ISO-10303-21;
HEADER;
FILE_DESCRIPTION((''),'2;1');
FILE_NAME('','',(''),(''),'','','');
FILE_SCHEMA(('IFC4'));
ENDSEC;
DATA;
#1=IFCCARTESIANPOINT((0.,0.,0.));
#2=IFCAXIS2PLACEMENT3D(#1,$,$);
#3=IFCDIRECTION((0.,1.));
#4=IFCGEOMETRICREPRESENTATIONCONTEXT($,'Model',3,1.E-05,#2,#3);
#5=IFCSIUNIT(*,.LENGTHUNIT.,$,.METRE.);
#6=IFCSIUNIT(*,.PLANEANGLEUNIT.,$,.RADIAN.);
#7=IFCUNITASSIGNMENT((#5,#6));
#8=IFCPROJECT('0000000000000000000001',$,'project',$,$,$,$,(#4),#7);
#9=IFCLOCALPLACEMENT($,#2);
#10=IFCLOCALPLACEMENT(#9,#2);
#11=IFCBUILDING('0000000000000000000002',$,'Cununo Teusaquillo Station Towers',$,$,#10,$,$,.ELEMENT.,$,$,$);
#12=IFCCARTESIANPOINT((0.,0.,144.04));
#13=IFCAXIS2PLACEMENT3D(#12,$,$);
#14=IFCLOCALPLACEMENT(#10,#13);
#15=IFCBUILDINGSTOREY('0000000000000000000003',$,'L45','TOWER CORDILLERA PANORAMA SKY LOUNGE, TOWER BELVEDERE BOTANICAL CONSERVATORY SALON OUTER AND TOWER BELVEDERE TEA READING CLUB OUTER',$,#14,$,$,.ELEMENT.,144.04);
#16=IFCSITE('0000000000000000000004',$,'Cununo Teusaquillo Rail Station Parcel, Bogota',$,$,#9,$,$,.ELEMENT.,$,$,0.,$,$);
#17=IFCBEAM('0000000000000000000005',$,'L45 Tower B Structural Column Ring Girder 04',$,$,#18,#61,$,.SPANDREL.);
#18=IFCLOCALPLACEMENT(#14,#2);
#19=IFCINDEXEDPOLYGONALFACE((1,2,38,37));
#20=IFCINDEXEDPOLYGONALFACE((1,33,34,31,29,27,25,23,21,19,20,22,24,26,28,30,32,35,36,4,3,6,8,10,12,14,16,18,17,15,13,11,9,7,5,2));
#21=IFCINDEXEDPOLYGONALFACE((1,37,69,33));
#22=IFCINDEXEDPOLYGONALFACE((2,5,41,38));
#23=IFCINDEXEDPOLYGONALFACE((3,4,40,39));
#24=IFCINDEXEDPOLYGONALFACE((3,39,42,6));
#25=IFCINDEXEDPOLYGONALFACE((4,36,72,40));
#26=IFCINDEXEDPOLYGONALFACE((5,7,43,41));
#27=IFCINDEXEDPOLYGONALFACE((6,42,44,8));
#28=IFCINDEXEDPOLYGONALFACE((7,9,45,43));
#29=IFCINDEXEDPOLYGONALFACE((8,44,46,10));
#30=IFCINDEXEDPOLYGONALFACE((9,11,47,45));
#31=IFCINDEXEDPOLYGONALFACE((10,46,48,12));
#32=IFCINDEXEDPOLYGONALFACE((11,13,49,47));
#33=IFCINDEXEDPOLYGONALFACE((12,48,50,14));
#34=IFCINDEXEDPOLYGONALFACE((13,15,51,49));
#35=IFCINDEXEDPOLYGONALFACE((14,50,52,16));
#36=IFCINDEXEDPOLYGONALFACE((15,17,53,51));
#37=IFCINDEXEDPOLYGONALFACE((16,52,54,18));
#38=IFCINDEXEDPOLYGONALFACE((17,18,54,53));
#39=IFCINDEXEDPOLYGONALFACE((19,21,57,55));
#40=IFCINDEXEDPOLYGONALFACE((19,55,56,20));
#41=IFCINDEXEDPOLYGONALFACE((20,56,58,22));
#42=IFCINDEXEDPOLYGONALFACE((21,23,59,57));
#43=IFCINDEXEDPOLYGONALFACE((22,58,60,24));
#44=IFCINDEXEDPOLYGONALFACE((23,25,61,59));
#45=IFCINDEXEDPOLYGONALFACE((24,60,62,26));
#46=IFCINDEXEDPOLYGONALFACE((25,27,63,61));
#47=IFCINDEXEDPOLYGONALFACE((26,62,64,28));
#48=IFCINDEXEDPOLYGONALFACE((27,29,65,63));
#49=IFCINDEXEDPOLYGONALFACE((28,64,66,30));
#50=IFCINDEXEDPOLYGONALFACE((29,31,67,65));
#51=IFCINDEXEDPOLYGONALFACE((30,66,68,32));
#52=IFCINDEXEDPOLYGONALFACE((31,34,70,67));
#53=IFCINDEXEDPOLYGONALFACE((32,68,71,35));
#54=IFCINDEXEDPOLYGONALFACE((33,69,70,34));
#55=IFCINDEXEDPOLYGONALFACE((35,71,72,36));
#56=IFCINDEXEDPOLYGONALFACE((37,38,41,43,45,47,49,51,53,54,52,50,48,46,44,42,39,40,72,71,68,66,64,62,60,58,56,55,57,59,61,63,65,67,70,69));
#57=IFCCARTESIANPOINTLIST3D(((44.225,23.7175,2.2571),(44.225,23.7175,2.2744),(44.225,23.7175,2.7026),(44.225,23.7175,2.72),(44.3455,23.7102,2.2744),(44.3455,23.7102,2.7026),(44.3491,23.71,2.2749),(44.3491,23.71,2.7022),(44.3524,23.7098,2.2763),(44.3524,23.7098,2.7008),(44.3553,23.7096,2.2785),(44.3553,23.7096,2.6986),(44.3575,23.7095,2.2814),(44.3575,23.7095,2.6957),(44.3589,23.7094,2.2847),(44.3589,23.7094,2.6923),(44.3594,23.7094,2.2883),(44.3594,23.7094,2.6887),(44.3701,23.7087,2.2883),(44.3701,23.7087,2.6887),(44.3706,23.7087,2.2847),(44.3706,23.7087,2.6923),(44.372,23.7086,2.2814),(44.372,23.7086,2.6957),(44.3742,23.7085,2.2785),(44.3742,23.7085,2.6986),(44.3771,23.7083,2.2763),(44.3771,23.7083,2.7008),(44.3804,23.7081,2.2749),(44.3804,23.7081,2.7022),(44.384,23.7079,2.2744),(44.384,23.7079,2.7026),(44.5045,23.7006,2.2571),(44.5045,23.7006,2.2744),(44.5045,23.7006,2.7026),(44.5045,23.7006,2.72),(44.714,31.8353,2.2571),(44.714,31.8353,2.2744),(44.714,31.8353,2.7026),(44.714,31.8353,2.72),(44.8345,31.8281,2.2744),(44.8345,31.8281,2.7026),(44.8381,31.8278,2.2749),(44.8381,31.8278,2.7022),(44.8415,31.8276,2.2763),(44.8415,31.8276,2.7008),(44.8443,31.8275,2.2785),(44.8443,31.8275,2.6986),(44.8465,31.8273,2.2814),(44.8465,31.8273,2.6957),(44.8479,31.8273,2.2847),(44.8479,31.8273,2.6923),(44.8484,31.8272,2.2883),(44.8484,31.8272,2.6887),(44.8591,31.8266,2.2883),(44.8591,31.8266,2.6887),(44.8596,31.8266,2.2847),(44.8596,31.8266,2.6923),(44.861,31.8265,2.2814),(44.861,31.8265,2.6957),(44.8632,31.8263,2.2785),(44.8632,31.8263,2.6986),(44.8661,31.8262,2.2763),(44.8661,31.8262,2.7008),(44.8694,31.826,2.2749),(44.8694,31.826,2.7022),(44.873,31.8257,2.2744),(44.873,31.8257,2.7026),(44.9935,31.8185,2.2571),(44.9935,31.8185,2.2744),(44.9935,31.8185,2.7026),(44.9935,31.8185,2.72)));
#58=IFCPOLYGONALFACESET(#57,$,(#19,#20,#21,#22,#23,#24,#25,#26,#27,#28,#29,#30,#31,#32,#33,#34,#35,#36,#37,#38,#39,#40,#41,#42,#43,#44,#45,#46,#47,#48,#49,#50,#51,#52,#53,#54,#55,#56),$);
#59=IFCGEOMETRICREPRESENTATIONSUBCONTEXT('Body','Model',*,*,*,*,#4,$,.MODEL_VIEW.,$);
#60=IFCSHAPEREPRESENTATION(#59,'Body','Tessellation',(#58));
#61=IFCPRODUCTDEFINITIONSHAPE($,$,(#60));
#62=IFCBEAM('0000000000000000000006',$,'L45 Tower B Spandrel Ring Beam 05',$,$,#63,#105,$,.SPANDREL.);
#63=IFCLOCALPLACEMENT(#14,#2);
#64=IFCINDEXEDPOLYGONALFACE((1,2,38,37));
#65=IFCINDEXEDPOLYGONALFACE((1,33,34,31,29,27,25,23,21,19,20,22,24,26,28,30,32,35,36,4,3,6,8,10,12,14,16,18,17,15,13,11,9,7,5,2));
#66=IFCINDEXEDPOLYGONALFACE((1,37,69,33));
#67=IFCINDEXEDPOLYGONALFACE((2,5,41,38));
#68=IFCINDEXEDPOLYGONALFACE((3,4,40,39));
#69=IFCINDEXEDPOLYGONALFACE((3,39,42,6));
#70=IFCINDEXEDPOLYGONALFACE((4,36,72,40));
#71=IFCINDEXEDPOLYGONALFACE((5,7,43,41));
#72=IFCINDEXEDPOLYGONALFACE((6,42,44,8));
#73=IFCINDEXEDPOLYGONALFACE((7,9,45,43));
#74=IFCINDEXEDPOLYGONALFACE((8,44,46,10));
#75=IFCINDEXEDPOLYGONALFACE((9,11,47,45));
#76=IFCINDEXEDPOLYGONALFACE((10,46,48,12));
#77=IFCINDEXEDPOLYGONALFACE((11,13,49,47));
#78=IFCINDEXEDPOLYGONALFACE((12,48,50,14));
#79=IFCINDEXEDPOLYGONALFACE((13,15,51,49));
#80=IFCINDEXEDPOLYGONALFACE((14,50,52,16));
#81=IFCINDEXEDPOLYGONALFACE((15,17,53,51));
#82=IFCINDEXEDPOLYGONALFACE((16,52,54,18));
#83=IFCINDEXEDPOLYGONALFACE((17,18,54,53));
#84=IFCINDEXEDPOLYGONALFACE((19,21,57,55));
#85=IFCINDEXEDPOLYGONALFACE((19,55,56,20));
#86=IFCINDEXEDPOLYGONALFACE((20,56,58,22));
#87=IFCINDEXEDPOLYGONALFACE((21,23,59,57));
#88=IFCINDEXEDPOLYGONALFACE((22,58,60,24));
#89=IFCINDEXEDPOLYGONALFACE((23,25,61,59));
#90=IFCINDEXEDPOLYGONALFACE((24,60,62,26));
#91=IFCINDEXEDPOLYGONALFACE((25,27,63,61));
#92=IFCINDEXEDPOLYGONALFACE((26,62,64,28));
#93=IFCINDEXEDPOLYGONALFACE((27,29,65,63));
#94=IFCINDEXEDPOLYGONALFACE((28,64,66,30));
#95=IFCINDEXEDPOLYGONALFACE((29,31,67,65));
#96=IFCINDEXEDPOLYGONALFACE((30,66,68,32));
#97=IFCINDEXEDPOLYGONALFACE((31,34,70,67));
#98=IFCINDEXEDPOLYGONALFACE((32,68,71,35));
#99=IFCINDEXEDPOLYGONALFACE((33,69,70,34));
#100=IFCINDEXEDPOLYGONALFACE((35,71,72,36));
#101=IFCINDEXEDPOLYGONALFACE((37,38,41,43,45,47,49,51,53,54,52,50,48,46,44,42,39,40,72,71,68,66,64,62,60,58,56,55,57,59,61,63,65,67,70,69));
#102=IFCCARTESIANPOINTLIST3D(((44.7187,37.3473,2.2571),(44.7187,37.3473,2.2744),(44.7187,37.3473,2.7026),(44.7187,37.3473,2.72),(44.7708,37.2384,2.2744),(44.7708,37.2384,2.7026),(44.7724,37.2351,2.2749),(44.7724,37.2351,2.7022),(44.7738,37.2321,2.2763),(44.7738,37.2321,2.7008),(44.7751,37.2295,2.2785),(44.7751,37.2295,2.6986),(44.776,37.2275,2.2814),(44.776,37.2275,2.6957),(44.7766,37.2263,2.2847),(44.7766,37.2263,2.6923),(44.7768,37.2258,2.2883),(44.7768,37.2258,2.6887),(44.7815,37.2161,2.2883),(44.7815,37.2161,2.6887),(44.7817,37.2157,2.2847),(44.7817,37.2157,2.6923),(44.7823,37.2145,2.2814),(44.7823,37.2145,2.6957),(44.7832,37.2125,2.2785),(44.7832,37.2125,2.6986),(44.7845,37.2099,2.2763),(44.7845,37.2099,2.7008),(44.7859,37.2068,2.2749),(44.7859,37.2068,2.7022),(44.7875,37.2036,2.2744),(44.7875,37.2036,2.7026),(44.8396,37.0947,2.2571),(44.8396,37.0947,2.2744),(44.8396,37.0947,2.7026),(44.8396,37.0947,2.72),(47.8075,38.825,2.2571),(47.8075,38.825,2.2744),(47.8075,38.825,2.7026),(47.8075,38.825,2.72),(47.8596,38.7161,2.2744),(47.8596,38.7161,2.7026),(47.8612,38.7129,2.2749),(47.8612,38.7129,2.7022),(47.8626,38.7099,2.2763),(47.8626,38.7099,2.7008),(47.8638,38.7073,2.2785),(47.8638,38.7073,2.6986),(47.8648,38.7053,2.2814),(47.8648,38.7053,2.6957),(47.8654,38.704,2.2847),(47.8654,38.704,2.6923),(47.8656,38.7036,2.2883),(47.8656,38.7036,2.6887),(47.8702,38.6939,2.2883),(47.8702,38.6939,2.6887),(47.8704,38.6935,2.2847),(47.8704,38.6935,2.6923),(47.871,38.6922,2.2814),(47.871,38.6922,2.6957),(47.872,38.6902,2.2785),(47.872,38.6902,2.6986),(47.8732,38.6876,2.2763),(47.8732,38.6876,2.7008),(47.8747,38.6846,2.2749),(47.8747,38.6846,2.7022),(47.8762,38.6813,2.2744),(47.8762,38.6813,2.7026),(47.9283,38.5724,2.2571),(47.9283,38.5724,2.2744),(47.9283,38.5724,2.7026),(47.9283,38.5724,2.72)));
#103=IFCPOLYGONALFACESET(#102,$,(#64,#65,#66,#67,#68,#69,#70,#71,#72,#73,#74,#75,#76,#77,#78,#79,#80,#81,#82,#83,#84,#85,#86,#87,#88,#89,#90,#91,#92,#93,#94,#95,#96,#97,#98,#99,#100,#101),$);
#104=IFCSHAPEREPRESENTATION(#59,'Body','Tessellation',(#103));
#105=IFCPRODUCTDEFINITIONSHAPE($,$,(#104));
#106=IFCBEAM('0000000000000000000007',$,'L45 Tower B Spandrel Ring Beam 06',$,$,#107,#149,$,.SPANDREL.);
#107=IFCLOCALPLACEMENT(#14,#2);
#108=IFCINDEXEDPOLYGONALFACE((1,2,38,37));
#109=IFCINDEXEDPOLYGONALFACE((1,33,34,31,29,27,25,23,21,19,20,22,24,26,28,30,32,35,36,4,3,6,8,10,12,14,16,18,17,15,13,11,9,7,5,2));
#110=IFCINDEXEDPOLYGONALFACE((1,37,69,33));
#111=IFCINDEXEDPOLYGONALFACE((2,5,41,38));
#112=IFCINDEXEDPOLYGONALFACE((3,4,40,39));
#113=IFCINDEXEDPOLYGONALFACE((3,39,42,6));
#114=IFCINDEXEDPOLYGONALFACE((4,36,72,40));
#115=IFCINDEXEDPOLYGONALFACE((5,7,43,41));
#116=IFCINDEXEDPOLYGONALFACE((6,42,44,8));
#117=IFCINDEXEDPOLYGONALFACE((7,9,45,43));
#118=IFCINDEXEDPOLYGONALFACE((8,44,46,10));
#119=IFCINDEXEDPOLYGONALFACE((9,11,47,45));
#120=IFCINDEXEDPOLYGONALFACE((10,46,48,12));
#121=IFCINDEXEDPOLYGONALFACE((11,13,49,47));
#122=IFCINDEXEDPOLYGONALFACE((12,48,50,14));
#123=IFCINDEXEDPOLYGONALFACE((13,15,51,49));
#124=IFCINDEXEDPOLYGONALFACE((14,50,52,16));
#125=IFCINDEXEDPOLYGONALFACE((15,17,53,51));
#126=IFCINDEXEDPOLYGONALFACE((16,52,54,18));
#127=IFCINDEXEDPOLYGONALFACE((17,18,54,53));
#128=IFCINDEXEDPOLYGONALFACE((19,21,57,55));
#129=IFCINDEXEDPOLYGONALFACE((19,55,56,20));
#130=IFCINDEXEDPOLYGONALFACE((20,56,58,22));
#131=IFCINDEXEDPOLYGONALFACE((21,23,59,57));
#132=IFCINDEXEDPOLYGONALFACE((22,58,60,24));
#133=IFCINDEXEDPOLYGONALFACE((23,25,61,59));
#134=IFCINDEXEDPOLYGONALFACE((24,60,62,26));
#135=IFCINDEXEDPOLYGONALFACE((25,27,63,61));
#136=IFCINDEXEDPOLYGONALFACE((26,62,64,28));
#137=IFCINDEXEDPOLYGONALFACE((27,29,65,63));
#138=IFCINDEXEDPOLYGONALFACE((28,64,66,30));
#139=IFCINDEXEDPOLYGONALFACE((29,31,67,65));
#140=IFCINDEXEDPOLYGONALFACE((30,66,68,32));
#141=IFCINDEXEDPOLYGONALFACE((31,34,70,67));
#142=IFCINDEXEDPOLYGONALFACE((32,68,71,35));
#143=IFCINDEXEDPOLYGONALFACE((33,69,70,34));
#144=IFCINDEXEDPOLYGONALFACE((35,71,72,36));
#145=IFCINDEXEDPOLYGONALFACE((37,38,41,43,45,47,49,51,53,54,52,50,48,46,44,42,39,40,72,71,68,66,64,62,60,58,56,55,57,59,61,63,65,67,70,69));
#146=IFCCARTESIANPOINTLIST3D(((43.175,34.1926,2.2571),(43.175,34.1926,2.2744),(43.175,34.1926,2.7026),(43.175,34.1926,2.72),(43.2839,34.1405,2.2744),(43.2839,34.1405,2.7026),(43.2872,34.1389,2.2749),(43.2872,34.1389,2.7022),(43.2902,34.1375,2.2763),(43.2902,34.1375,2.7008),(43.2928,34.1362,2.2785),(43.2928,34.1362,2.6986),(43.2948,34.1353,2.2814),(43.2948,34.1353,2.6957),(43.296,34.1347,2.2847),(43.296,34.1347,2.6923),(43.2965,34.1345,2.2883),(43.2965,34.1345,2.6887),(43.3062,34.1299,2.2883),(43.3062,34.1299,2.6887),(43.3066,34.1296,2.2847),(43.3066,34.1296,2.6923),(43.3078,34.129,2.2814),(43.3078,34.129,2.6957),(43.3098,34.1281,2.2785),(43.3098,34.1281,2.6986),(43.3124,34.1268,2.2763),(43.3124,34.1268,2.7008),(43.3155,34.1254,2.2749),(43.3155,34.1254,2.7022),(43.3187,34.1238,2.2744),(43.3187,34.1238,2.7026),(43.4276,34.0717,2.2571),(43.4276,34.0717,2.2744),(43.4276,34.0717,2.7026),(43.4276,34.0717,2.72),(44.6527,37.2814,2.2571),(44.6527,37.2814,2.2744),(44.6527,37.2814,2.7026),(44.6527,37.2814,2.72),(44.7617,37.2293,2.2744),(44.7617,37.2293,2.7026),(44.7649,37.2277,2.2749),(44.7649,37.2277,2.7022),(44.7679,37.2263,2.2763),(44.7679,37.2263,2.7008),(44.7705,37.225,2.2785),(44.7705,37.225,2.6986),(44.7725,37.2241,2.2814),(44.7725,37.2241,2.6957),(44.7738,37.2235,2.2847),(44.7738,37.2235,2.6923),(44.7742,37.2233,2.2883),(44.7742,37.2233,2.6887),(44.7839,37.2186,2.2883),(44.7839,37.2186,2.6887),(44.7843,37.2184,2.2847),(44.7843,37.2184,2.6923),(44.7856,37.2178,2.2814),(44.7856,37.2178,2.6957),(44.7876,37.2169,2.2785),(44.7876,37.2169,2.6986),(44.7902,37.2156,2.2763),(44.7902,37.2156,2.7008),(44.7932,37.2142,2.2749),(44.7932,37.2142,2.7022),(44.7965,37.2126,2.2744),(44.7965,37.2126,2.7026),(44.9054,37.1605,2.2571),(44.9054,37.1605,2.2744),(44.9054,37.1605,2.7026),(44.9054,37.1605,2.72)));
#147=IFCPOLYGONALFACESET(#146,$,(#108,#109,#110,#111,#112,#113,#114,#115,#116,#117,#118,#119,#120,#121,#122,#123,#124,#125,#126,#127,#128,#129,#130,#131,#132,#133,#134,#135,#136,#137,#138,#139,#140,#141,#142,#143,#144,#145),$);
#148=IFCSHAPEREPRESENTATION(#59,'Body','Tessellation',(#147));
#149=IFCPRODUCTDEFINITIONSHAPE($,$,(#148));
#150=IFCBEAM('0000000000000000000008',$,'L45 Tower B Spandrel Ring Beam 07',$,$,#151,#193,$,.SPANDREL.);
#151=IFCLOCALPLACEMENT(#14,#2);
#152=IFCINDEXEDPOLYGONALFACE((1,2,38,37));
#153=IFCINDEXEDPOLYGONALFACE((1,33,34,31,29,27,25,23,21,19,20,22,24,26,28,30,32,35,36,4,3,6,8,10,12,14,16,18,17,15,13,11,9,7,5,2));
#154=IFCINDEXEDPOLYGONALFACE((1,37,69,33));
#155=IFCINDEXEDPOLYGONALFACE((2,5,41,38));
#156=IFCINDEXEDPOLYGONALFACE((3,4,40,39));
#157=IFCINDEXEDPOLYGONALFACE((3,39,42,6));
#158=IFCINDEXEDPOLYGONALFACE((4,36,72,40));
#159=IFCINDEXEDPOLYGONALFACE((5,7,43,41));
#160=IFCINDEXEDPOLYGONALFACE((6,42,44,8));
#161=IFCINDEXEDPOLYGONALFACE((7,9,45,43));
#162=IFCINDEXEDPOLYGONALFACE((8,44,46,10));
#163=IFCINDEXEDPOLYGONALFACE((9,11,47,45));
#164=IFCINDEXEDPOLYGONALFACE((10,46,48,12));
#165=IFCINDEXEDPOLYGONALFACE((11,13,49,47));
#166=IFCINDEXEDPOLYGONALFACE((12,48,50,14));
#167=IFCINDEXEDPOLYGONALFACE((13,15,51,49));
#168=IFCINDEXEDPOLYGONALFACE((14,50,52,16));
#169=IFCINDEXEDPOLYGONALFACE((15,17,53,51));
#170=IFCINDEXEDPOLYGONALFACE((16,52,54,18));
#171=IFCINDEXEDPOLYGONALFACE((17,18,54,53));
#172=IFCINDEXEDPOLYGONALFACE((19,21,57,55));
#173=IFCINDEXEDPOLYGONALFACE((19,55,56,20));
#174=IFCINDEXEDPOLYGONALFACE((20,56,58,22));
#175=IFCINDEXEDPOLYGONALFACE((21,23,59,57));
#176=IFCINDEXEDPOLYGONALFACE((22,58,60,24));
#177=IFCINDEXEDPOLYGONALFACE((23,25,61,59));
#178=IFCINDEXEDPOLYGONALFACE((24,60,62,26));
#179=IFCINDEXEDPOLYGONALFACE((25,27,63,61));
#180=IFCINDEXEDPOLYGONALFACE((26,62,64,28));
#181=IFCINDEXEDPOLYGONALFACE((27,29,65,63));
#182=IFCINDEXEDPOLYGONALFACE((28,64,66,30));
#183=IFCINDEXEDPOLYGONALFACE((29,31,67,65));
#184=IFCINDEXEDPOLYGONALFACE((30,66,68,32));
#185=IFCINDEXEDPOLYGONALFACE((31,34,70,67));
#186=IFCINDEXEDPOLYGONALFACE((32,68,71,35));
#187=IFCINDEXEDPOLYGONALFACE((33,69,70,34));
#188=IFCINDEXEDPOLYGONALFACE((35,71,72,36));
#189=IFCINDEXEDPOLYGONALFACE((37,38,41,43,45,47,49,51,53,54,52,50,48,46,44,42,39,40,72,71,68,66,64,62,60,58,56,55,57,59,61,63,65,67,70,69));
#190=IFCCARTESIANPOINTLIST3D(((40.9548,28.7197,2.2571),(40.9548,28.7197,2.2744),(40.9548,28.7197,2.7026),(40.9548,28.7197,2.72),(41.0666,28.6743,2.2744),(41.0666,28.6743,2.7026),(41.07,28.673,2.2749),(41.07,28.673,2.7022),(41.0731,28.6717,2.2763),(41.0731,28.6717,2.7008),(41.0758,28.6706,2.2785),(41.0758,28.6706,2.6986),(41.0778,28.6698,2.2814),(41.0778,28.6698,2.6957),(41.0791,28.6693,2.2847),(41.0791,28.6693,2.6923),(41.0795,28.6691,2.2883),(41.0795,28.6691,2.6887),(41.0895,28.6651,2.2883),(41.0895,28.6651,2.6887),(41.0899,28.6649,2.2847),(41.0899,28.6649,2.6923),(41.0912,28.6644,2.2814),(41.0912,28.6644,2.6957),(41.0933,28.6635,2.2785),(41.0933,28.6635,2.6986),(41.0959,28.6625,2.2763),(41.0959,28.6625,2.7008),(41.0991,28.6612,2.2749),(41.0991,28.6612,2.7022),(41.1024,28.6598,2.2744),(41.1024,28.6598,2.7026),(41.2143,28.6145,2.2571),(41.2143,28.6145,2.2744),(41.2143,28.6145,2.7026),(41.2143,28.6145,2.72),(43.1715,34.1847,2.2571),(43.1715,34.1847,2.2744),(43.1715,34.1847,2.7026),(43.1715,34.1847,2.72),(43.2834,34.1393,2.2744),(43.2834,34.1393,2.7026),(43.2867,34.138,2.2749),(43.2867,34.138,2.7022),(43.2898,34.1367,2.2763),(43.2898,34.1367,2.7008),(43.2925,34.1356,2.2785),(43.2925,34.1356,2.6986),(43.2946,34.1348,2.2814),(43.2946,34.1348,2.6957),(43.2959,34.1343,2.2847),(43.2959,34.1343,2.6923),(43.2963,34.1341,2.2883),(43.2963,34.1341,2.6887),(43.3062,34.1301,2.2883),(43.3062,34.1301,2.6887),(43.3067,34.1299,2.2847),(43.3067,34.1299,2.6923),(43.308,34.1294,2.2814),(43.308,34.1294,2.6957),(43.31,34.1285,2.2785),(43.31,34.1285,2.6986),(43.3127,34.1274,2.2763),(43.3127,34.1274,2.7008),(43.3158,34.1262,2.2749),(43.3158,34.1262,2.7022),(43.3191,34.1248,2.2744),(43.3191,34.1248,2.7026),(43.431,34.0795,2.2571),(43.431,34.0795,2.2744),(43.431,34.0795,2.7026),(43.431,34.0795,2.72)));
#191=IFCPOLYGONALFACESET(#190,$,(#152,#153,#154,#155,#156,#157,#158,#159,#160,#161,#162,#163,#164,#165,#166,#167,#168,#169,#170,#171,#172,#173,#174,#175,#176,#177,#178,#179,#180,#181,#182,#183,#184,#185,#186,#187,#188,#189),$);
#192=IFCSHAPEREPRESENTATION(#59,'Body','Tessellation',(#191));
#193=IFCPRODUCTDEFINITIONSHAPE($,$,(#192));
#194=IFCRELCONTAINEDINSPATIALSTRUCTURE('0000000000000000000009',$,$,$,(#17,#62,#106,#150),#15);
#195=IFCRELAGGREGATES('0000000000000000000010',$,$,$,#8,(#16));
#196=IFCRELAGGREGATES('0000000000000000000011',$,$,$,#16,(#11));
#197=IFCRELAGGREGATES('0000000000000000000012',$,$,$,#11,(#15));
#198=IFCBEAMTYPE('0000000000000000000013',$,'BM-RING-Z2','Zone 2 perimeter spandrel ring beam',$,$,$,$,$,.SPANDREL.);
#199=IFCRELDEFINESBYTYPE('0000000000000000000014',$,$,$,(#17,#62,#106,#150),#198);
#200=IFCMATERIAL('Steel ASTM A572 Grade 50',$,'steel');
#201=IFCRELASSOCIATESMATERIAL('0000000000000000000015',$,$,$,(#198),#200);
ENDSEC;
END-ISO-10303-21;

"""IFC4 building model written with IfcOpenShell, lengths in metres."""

from ifc_helpers import new_model, si_unit, direction, frame, origin, origin_2d, place, context, subcontext, project, spatial, i_section, extrude, material, material_profile, profile_set, type_object, element, save


model = new_model("IFC4")

# Units and contexts
model_context = context("Model", 3, precision=1e-05, world=origin(), true_north=direction((0.0, 1.0)))
body_context = subcontext(model_context, "Body", "Model", "MODEL_VIEW")
ifc_project = project(units=[si_unit("LENGTHUNIT", "METRE"), si_unit("PLANEANGLEUNIT", "RADIAN")], contexts=[model_context])

# Site, building, storey
site_placement = place(None, origin())
site = spatial("IfcSite", under=ifc_project, at=site_placement, Name="Cununo Teusaquillo Rail Station Parcel, Bogota", CompositionType="ELEMENT", RefElevation=0.0)
building_placement = place(site_placement, origin())
building = spatial("IfcBuilding", under=site, at=building_placement, Name="Cununo Teusaquillo Station Towers", CompositionType="ELEMENT")
storey_placement = place(building_placement, frame((0.0, 0.0, 144.04)))
storey = spatial("IfcBuildingStorey", under=building, at=storey_placement, Name="L45", Description="TOWER CORDILLERA PANORAMA SKY LOUNGE, TOWER BELVEDERE BOTANICAL CONSERVATORY SALON OUTER AND TOWER BELVEDERE TEA READING CLUB OUTER", CompositionType="ELEMENT", Elevation=144.04)

# Beams
ifc_material_1 = material(Name="Steel ASTM A572 Grade 50", Category="steel")
ifc_material_profile_1 = material_profile(ifc_material_1, i_section(OverallWidth=0.28, OverallDepth=0.4629, WebThickness=0.0107, FlangeThickness=0.0173, FilletRadius=0.0139, at=origin_2d()), Name="W18X76")
ifc_profile_set_1 = profile_set([ifc_material_profile_1], Name="Steel ASTM A572 Grade 50")
beam_type_1 = type_object("IfcBeamType", Name="BM-RING-Z2", Description="Zone 2 perimeter spandrel ring beam", PredefinedType="SPANDREL", material=ifc_profile_set_1)
beam_1_placement = place(storey_placement, frame((44.8538, 31.8269, 2.4885), z_axis=(-0.06013, -0.998191, 0.0), x_axis=(0.998191, -0.06013, 0.0)))
element("IfcBeam", 1, at=beam_1_placement, inside=storey, type_object=beam_type_1, Name="L45 Tower B Structural Column Ring Girder 04", PredefinedType="SPANDREL", context=body_context, shape_type="SweptSolid", body=[
    extrude(i_section(OverallWidth=0.28, OverallDepth=0.4629, WebThickness=0.0107, FlangeThickness=0.0173, FilletRadius=0.0139, at=origin_2d()), origin(), (0.0, 0.0, 1.0), 8.1326),
])
for number, where, z_axis, x_axis, name in (
    (2, (47.8679, 38.6987, 2.4885), (-0.902078, -0.431574, 0.0), (0.431574, -0.902078, 0.0), "L45 Tower B Spandrel Ring Beam 05"),
    (3, (44.7791, 37.2209, 2.4885), (-0.431574, -0.902078, 0.0), (0.902078, -0.431574, 0.0), "L45 Tower B Spandrel Ring Beam 06"),
):
    element("IfcBeam", number, at=place(storey_placement, frame(where, z_axis=z_axis, x_axis=x_axis)), inside=storey, type_object=beam_type_1, Name=name, PredefinedType="SPANDREL", context=body_context, shape_type="SweptSolid", body=[
        extrude(i_section(OverallWidth=0.28, OverallDepth=0.4629, WebThickness=0.0107, FlangeThickness=0.0173, FilletRadius=0.0139, at=origin_2d()), origin(), (0.0, 0.0, 1.0), 3.4241),
    ])
beam_2_placement = place(storey_placement, frame((43.3013, 34.1321, 2.4885), z_axis=(-0.375883, -0.926667, 0.0), x_axis=(0.926667, -0.375883, 0.0)))
element("IfcBeam", 4, at=beam_2_placement, inside=storey, type_object=beam_type_1, Name="L45 Tower B Spandrel Ring Beam 07", PredefinedType="SPANDREL", context=body_context, shape_type="SweptSolid", body=[
    extrude(i_section(OverallWidth=0.28, OverallDepth=0.4629, WebThickness=0.0107, FlangeThickness=0.0173, FilletRadius=0.0139, at=origin_2d()), origin(), (0.0, 0.0, 1.0), 5.8975),
])

save(model, "model.ifc")
